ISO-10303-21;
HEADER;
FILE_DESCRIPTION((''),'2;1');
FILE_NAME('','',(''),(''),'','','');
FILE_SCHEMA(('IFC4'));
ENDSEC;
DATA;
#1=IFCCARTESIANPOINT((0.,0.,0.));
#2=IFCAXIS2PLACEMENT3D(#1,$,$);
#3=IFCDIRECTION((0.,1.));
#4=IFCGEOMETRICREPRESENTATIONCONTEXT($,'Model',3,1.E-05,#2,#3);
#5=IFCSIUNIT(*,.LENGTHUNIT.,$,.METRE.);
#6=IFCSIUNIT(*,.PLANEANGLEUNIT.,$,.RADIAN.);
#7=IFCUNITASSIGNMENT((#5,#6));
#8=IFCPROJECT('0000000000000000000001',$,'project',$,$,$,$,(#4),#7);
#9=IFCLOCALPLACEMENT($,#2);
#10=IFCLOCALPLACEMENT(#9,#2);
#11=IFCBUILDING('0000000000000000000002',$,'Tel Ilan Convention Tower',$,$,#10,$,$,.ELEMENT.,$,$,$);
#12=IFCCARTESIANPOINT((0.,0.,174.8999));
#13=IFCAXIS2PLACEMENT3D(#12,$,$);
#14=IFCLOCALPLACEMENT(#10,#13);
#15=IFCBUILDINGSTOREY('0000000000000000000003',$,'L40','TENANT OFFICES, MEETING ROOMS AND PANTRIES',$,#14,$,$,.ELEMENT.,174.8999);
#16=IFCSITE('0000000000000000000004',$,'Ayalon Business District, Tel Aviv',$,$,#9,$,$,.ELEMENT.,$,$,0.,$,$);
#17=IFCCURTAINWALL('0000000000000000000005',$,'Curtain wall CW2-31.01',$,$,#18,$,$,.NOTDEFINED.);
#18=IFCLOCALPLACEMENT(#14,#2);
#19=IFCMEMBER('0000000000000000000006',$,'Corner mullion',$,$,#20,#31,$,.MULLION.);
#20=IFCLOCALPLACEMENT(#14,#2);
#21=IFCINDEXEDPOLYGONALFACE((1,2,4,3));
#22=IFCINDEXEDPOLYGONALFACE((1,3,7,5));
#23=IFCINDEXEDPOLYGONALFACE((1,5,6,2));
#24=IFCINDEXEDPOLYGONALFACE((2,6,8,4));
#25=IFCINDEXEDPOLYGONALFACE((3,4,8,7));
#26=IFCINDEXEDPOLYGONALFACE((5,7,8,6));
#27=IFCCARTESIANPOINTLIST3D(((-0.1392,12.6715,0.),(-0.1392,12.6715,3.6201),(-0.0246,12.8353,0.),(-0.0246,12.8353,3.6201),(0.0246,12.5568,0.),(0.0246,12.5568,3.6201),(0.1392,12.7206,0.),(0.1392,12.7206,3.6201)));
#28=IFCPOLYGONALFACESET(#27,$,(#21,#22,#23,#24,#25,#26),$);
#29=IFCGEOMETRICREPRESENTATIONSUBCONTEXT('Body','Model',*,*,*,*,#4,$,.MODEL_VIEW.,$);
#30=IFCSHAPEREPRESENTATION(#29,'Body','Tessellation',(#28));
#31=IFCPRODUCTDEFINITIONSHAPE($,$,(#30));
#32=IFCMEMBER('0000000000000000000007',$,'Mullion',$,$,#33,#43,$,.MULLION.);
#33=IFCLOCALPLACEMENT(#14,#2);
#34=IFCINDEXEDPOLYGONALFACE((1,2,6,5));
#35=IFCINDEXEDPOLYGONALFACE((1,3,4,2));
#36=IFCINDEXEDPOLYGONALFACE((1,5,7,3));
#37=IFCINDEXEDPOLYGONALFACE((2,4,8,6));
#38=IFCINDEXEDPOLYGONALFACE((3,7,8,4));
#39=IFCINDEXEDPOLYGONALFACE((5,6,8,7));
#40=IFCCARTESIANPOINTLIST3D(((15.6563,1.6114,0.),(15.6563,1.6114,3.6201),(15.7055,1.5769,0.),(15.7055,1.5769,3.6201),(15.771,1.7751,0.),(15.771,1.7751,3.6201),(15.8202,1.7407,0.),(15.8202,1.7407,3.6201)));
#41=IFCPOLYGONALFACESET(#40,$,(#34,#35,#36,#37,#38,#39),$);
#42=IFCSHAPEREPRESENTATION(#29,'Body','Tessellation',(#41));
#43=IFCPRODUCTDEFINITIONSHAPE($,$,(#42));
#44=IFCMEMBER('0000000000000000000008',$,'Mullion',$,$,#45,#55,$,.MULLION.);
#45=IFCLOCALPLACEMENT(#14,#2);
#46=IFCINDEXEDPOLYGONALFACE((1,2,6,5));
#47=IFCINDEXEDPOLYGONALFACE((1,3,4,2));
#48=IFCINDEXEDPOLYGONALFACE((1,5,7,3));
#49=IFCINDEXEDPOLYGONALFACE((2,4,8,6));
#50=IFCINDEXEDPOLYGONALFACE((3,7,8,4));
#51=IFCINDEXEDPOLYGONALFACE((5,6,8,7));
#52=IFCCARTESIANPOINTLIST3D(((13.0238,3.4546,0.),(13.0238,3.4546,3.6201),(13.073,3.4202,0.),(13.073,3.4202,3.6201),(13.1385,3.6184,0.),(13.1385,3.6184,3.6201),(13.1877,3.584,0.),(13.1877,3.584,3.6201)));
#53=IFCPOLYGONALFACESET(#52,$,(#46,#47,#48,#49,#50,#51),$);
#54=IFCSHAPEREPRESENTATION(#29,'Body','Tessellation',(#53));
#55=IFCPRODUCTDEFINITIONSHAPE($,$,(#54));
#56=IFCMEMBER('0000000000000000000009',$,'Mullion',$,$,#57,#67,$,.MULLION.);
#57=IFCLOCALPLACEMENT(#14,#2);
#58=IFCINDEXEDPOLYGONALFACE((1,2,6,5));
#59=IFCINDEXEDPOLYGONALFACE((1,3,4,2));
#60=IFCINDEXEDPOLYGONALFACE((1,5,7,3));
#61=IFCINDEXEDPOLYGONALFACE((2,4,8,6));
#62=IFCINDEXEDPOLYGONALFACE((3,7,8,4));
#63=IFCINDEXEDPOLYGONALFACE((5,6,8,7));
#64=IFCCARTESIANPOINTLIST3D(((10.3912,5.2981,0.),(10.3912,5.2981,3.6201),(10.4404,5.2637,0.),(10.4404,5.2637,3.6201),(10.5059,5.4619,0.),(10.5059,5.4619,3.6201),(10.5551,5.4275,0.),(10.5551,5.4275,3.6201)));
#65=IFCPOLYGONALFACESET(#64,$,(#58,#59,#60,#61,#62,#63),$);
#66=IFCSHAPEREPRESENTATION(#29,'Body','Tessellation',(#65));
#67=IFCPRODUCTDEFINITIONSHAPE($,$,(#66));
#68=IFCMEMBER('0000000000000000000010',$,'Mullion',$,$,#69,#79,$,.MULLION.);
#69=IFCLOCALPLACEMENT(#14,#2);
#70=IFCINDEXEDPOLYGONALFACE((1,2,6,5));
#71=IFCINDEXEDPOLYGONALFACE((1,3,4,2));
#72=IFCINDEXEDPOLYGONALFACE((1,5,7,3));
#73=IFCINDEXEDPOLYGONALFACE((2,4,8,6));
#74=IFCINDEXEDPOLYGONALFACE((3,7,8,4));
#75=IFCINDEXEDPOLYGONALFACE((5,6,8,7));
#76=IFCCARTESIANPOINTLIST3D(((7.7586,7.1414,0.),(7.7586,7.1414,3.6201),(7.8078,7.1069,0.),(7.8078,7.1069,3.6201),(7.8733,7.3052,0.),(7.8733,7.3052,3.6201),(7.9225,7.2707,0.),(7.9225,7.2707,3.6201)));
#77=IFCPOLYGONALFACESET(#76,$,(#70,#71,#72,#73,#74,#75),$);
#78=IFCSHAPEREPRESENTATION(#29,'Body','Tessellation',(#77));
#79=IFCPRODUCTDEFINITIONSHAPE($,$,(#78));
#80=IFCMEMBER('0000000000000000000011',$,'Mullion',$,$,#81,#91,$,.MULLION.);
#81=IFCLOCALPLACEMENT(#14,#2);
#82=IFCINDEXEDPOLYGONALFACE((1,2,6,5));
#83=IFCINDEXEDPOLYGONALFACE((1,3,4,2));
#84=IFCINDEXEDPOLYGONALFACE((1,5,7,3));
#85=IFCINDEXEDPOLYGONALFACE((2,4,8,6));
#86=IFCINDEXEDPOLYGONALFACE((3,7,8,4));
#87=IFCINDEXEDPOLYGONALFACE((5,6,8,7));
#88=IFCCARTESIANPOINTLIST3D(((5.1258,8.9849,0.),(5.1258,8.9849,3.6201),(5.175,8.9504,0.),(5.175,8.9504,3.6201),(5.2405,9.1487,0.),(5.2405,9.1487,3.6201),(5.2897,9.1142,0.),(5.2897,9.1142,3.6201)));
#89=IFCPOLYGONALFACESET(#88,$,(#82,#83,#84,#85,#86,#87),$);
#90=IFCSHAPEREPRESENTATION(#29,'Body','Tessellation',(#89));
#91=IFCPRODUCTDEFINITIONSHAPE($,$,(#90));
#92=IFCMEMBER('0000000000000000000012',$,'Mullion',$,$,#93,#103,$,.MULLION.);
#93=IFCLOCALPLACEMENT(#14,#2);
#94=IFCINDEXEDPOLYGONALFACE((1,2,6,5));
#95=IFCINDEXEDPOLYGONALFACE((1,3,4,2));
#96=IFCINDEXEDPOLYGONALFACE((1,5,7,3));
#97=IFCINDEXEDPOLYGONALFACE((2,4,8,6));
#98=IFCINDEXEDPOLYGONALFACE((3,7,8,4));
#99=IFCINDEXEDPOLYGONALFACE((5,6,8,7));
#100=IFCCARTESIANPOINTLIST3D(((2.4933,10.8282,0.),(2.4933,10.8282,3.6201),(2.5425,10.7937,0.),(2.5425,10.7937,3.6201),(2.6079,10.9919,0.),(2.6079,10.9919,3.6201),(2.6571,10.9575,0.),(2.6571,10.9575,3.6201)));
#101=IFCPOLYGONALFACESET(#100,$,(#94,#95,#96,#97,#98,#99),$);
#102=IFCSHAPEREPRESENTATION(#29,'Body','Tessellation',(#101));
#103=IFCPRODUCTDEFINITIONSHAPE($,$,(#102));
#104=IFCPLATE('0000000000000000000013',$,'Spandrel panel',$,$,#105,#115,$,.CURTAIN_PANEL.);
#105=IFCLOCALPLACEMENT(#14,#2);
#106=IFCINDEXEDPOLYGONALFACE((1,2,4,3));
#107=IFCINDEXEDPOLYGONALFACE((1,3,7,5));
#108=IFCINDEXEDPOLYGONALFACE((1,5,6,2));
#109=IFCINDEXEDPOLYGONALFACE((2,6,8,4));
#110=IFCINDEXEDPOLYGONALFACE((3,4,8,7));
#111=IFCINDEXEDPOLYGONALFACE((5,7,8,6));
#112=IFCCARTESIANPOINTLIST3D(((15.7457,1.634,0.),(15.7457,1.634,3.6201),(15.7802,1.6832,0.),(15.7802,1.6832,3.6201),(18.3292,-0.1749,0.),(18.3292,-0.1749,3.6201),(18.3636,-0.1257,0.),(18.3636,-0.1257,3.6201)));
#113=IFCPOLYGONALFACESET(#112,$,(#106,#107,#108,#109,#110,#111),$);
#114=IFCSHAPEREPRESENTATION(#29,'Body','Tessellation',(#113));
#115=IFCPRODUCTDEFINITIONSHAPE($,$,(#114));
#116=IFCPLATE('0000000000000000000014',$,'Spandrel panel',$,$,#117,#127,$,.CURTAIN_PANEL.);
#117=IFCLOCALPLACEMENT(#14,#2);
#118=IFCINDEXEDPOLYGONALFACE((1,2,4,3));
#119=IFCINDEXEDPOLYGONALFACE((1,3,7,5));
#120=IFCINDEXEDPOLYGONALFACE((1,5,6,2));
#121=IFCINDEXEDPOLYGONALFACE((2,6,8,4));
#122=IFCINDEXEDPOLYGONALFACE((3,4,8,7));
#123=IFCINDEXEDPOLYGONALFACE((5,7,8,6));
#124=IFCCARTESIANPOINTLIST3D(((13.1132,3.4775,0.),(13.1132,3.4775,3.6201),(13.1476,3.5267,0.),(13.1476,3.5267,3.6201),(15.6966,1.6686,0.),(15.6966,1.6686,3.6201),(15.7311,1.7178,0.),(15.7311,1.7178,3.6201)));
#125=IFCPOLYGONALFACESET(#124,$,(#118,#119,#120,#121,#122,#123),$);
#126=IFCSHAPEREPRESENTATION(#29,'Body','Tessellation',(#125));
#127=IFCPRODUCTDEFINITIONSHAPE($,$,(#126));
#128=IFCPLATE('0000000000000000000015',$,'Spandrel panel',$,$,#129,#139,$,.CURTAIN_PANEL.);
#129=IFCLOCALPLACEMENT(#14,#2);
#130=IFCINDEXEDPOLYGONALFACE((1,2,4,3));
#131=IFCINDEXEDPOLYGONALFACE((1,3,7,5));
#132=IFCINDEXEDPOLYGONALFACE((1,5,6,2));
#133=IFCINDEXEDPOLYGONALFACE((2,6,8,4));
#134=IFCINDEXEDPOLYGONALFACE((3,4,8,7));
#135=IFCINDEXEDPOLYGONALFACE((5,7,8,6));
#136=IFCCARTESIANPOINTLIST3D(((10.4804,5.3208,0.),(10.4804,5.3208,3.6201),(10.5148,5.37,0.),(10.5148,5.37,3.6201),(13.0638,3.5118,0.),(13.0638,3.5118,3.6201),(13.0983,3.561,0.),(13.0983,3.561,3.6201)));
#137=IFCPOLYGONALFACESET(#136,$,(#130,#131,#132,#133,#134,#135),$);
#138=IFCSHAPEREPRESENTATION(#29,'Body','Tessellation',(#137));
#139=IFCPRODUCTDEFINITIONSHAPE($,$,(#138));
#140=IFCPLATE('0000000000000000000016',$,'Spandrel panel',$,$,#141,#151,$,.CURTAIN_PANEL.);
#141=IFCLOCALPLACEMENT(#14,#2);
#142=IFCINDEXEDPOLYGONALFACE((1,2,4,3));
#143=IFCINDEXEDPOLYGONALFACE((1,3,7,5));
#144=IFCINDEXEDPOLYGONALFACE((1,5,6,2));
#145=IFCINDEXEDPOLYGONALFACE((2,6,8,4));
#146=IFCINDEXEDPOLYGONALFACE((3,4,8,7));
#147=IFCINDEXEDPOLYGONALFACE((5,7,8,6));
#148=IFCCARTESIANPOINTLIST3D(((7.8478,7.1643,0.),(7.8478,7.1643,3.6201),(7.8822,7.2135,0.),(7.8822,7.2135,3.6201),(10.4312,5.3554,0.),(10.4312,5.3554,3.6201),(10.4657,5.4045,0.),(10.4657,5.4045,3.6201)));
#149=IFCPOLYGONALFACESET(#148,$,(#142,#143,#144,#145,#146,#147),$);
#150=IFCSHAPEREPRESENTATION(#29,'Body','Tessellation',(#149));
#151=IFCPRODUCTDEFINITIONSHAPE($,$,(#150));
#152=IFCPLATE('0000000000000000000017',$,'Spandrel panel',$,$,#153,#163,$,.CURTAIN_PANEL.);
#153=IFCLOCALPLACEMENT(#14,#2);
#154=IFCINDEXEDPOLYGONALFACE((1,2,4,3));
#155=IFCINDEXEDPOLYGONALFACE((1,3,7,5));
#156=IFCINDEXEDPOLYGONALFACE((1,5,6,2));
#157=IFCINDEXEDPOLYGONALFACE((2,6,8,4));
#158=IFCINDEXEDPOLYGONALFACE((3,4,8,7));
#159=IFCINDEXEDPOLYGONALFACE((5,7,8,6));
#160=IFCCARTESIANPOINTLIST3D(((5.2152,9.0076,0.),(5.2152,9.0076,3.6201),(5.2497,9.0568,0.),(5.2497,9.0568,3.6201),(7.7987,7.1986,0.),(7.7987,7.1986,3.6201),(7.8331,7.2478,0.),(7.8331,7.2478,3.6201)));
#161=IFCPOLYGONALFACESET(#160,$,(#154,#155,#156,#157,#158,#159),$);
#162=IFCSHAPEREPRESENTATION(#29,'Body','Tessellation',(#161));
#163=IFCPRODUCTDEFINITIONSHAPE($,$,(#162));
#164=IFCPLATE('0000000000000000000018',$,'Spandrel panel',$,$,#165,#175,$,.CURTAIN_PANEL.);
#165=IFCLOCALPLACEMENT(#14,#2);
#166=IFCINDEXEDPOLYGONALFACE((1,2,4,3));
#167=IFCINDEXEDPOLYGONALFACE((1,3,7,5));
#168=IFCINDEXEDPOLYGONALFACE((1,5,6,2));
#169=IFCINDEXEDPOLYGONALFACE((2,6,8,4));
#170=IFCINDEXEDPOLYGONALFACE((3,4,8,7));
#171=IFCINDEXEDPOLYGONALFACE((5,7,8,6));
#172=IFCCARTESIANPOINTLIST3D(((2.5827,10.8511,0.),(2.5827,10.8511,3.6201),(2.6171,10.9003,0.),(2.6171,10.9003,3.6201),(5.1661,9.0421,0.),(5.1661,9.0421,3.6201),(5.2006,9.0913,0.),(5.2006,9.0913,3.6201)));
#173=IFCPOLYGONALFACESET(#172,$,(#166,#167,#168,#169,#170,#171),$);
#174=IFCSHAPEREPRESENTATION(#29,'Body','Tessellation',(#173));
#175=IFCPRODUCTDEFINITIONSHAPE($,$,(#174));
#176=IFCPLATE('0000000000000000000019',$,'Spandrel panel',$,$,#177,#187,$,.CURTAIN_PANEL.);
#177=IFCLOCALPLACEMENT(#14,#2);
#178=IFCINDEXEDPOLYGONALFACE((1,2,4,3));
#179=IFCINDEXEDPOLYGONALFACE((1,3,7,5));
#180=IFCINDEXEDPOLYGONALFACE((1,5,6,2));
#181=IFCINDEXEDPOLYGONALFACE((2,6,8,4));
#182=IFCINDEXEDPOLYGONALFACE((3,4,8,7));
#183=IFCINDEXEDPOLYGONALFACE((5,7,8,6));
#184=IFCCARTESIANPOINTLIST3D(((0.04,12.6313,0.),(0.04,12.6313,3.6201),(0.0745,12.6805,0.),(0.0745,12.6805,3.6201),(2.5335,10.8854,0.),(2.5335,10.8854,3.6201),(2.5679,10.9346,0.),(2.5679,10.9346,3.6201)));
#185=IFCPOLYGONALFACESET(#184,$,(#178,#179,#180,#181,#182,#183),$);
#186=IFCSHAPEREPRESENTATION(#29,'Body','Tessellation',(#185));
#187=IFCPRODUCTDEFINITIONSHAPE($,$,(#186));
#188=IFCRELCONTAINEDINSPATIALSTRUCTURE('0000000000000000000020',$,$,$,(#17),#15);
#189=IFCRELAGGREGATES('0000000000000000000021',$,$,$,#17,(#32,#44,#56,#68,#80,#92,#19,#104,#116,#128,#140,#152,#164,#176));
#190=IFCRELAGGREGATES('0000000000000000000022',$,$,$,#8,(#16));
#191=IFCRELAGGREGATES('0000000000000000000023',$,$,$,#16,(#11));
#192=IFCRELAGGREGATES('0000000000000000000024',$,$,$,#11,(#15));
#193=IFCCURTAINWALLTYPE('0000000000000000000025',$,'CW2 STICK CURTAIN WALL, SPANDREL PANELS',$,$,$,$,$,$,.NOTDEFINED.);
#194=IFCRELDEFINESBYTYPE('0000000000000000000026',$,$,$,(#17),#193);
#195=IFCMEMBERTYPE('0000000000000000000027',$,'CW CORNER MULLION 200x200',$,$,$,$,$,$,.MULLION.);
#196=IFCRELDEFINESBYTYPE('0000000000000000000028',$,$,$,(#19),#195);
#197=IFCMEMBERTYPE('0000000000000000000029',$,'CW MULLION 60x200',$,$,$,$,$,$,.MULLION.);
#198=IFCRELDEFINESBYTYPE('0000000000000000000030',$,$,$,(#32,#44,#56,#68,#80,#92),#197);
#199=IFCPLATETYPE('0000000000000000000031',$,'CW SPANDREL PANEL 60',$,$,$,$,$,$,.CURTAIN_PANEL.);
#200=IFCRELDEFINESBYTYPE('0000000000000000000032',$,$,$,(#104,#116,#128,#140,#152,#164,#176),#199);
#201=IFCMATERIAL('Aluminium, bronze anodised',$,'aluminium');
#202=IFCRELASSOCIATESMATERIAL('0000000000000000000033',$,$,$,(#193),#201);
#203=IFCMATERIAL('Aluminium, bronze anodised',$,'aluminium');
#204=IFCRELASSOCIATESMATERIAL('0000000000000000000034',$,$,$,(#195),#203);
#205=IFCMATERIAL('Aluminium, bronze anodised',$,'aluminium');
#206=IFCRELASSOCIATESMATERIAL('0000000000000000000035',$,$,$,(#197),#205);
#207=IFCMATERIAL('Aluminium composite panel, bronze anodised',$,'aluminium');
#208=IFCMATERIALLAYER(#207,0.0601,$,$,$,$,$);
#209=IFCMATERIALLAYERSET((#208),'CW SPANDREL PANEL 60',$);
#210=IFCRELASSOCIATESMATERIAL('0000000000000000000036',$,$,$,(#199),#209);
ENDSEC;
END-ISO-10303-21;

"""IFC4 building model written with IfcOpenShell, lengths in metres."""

from ifc_helpers import new_model, si_unit, direction, frame, origin, origin_2d, place, context, subcontext, project, spatial, rectangle, extrude, material, layer, layer_set, material_profile, profile_set, type_object, element, aggregate, save


model = new_model("IFC4")

# Units and contexts
model_context = context("Model", 3, precision=1e-05, world=origin(), true_north=direction((0.0, 1.0)))
body_context = subcontext(model_context, "Body", "Model", "MODEL_VIEW")
ifc_project = project(units=[si_unit("LENGTHUNIT", "METRE"), si_unit("PLANEANGLEUNIT", "RADIAN")], contexts=[model_context])

# Site, building, storey
site_placement = place(None, origin())
site = spatial("IfcSite", under=ifc_project, at=site_placement, Name="Ayalon Business District, Tel Aviv", CompositionType="ELEMENT", RefElevation=0.0)
building_placement = place(site_placement, origin())
building = spatial("IfcBuilding", under=site, at=building_placement, Name="Tel Ilan Convention Tower", CompositionType="ELEMENT")
storey_placement = place(building_placement, frame((0.0, 0.0, 174.8999)))
storey = spatial("IfcBuildingStorey", under=building, at=storey_placement, Name="L40", Description="TENANT OFFICES, MEETING ROOMS AND PANTRIES", CompositionType="ELEMENT", Elevation=174.8999)

# Curtain wall, members, plates
ifc_material_1 = material(Name="Aluminium, bronze anodised", Category="aluminium")
curtain_wall_type = type_object("IfcCurtainWallType", Name="CW2 STICK CURTAIN WALL, SPANDREL PANELS", PredefinedType="NOTDEFINED", material=ifc_material_1)
curtain_wall_placement = place(storey_placement, origin())
curtain_wall = element("IfcCurtainWall", 1, at=curtain_wall_placement, inside=storey, type_object=curtain_wall_type, Name="Curtain wall CW2-31.01", PredefinedType="NOTDEFINED")
ifc_material_2 = material(Name="Aluminium, bronze anodised", Category="aluminium")
ifc_material_profile_1 = material_profile(ifc_material_2, rectangle(XDim=0.2, YDim=0.2, at=origin_2d()), Name="CW CORNER MULLION 200x200")
ifc_profile_set_1 = profile_set([ifc_material_profile_1], Name="Aluminium, bronze anodised")
member_type_1 = type_object("IfcMemberType", Name="CW CORNER MULLION 200x200", PredefinedType="MULLION", material=ifc_profile_set_1)
member_1_placement = place(storey_placement, frame((0.0, 12.696, 0.0), z_axis=(0.0, 0.0, 1.0), x_axis=(-0.819152, 0.573576, 0.0)))
member_1 = element("IfcMember", 2, at=member_1_placement, type_object=member_type_1, Name="Corner mullion", PredefinedType="MULLION", context=body_context, shape_type="SweptSolid", body=[
    extrude(rectangle(XDim=0.2, YDim=0.2, at=origin_2d()), origin(), (0.0, 0.0, 1.0), 3.6201),
])
ifc_material_3 = material(Name="Aluminium, bronze anodised", Category="aluminium")
ifc_material_profile_2 = material_profile(ifc_material_3, rectangle(XDim=0.0601, YDim=0.2, at=origin_2d()), Name="CW MULLION 60x200")
ifc_profile_set_2 = profile_set([ifc_material_profile_2], Name="Aluminium, bronze anodised")
member_type_2 = type_object("IfcMemberType", Name="CW MULLION 60x200", PredefinedType="MULLION", material=ifc_profile_set_2)
member_2_placement = place(storey_placement, frame((15.7383, 1.676, 0.0), z_axis=(0.0, 0.0, 1.0), x_axis=(-0.819152, 0.573576, 0.0)))
member_2 = element("IfcMember", 3, at=member_2_placement, type_object=member_type_2, Name="Mullion", PredefinedType="MULLION", context=body_context, shape_type="SweptSolid", body=[
    extrude(rectangle(XDim=0.0601, YDim=0.2, at=origin_2d()), origin(), (0.0, 0.0, 1.0), 3.6201),
])
member_3_placement = place(storey_placement, frame((13.1057, 3.5193, 0.0), z_axis=(0.0, 0.0, 1.0), x_axis=(-0.819152, 0.573576, 0.0)))
member_3 = element("IfcMember", 4, at=member_3_placement, type_object=member_type_2, Name="Mullion", PredefinedType="MULLION", context=body_context, shape_type="SweptSolid", body=[
    extrude(rectangle(XDim=0.0601, YDim=0.2, at=origin_2d()), origin(), (0.0, 0.0, 1.0), 3.6201),
])
member_4_placement = place(storey_placement, frame((10.4731, 5.3628, 0.0), z_axis=(0.0, 0.0, 1.0), x_axis=(-0.819152, 0.573576, 0.0)))
member_4 = element("IfcMember", 5, at=member_4_placement, type_object=member_type_2, Name="Mullion", PredefinedType="MULLION", context=body_context, shape_type="SweptSolid", body=[
    extrude(rectangle(XDim=0.0601, YDim=0.2, at=origin_2d()), origin(), (0.0, 0.0, 1.0), 3.6201),
])
member_5_placement = place(storey_placement, frame((7.8406, 7.2061, 0.0), z_axis=(0.0, 0.0, 1.0), x_axis=(-0.819152, 0.573576, 0.0)))
member_5 = element("IfcMember", 6, at=member_5_placement, type_object=member_type_2, Name="Mullion", PredefinedType="MULLION", context=body_context, shape_type="SweptSolid", body=[
    extrude(rectangle(XDim=0.0601, YDim=0.2, at=origin_2d()), origin(), (0.0, 0.0, 1.0), 3.6201),
])
member_6_placement = place(storey_placement, frame((5.2078, 9.0496, 0.0), z_axis=(0.0, 0.0, 1.0), x_axis=(-0.819152, 0.573576, 0.0)))
member_6 = element("IfcMember", 7, at=member_6_placement, type_object=member_type_2, Name="Mullion", PredefinedType="MULLION", context=body_context, shape_type="SweptSolid", body=[
    extrude(rectangle(XDim=0.0601, YDim=0.2, at=origin_2d()), origin(), (0.0, 0.0, 1.0), 3.6201),
])
member_7_placement = place(storey_placement, frame((2.5752, 10.8928, 0.0), z_axis=(0.0, 0.0, 1.0), x_axis=(-0.819152, 0.573576, 0.0)))
member_7 = element("IfcMember", 8, at=member_7_placement, type_object=member_type_2, Name="Mullion", PredefinedType="MULLION", context=body_context, shape_type="SweptSolid", body=[
    extrude(rectangle(XDim=0.0601, YDim=0.2, at=origin_2d()), origin(), (0.0, 0.0, 1.0), 3.6201),
])
ifc_material_4 = material(Name="Aluminium composite panel, bronze anodised", Category="aluminium")
ifc_layer_1 = layer(ifc_material_4, 0.0601)
ifc_layer_set_1 = layer_set([ifc_layer_1], Name="CW SPANDREL PANEL 60")
plate_type = type_object("IfcPlateType", Name="CW SPANDREL PANEL 60", PredefinedType="CURTAIN_PANEL", material=ifc_layer_set_1)
plate_1_placement = place(storey_placement, frame((17.0547, 0.7542, 0.0), z_axis=(0.0, 0.0, 1.0), x_axis=(-0.819152, 0.573576, 0.0)))
plate_1 = element("IfcPlate", 9, at=plate_1_placement, type_object=plate_type, Name="Spandrel panel", PredefinedType="CURTAIN_PANEL", context=body_context, shape_type="SweptSolid", body=[
    extrude(rectangle(XDim=3.1538, YDim=0.0601, at=origin_2d()), origin(), (0.0, 0.0, 1.0), 3.6201),
])
plate_2_placement = place(storey_placement, frame((14.4221, 2.5977, 0.0), z_axis=(0.0, 0.0, 1.0), x_axis=(-0.819152, 0.573576, 0.0)))
plate_2 = element("IfcPlate", 10, at=plate_2_placement, type_object=plate_type, Name="Spandrel panel", PredefinedType="CURTAIN_PANEL", context=body_context, shape_type="SweptSolid", body=[
    extrude(rectangle(XDim=3.1538, YDim=0.0601, at=origin_2d()), origin(), (0.0, 0.0, 1.0), 3.6201),
])
plate_3_placement = place(storey_placement, frame((11.7893, 4.4409, 0.0), z_axis=(0.0, 0.0, 1.0), x_axis=(-0.819152, 0.573576, 0.0)))
plate_3 = element("IfcPlate", 11, at=plate_3_placement, type_object=plate_type, Name="Spandrel panel", PredefinedType="CURTAIN_PANEL", context=body_context, shape_type="SweptSolid", body=[
    extrude(rectangle(XDim=3.1538, YDim=0.0601, at=origin_2d()), origin(), (0.0, 0.0, 1.0), 3.6201),
])
plate_4_placement = place(storey_placement, frame((9.1567, 6.2844, 0.0), z_axis=(0.0, 0.0, 1.0), x_axis=(-0.819152, 0.573576, 0.0)))
plate_4 = element("IfcPlate", 12, at=plate_4_placement, type_object=plate_type, Name="Spandrel panel", PredefinedType="CURTAIN_PANEL", context=body_context, shape_type="SweptSolid", body=[
    extrude(rectangle(XDim=3.1538, YDim=0.0601, at=origin_2d()), origin(), (0.0, 0.0, 1.0), 3.6201),
])
plate_5_placement = place(storey_placement, frame((6.5242, 8.1277, 0.0), z_axis=(0.0, 0.0, 1.0), x_axis=(-0.819152, 0.573576, 0.0)))
plate_5 = element("IfcPlate", 13, at=plate_5_placement, type_object=plate_type, Name="Spandrel panel", PredefinedType="CURTAIN_PANEL", context=body_context, shape_type="SweptSolid", body=[
    extrude(rectangle(XDim=3.1538, YDim=0.0601, at=origin_2d()), origin(), (0.0, 0.0, 1.0), 3.6201),
])
plate_6_placement = place(storey_placement, frame((3.8916, 9.9712, 0.0), z_axis=(0.0, 0.0, 1.0), x_axis=(-0.819152, 0.573576, 0.0)))
plate_6 = element("IfcPlate", 14, at=plate_6_placement, type_object=plate_type, Name="Spandrel panel", PredefinedType="CURTAIN_PANEL", context=body_context, shape_type="SweptSolid", body=[
    extrude(rectangle(XDim=3.1538, YDim=0.0601, at=origin_2d()), origin(), (0.0, 0.0, 1.0), 3.6201),
])
plate_7_placement = place(storey_placement, frame((1.304, 11.783, 0.0), z_axis=(0.0, 0.0, 1.0), x_axis=(-0.819152, 0.573576, 0.0)))
plate_7 = element("IfcPlate", 15, at=plate_7_placement, type_object=plate_type, Name="Spandrel panel", PredefinedType="CURTAIN_PANEL", context=body_context, shape_type="SweptSolid", body=[
    extrude(rectangle(XDim=3.0439, YDim=0.0601, at=origin_2d()), origin(), (0.0, 0.0, 1.0), 3.6201),
])
aggregate(curtain_wall, [member_2, member_3, member_4, member_5, member_6, member_7, member_1, plate_1, plate_2, plate_3, plate_4, plate_5, plate_6, plate_7])

save(model, "model.ifc")
